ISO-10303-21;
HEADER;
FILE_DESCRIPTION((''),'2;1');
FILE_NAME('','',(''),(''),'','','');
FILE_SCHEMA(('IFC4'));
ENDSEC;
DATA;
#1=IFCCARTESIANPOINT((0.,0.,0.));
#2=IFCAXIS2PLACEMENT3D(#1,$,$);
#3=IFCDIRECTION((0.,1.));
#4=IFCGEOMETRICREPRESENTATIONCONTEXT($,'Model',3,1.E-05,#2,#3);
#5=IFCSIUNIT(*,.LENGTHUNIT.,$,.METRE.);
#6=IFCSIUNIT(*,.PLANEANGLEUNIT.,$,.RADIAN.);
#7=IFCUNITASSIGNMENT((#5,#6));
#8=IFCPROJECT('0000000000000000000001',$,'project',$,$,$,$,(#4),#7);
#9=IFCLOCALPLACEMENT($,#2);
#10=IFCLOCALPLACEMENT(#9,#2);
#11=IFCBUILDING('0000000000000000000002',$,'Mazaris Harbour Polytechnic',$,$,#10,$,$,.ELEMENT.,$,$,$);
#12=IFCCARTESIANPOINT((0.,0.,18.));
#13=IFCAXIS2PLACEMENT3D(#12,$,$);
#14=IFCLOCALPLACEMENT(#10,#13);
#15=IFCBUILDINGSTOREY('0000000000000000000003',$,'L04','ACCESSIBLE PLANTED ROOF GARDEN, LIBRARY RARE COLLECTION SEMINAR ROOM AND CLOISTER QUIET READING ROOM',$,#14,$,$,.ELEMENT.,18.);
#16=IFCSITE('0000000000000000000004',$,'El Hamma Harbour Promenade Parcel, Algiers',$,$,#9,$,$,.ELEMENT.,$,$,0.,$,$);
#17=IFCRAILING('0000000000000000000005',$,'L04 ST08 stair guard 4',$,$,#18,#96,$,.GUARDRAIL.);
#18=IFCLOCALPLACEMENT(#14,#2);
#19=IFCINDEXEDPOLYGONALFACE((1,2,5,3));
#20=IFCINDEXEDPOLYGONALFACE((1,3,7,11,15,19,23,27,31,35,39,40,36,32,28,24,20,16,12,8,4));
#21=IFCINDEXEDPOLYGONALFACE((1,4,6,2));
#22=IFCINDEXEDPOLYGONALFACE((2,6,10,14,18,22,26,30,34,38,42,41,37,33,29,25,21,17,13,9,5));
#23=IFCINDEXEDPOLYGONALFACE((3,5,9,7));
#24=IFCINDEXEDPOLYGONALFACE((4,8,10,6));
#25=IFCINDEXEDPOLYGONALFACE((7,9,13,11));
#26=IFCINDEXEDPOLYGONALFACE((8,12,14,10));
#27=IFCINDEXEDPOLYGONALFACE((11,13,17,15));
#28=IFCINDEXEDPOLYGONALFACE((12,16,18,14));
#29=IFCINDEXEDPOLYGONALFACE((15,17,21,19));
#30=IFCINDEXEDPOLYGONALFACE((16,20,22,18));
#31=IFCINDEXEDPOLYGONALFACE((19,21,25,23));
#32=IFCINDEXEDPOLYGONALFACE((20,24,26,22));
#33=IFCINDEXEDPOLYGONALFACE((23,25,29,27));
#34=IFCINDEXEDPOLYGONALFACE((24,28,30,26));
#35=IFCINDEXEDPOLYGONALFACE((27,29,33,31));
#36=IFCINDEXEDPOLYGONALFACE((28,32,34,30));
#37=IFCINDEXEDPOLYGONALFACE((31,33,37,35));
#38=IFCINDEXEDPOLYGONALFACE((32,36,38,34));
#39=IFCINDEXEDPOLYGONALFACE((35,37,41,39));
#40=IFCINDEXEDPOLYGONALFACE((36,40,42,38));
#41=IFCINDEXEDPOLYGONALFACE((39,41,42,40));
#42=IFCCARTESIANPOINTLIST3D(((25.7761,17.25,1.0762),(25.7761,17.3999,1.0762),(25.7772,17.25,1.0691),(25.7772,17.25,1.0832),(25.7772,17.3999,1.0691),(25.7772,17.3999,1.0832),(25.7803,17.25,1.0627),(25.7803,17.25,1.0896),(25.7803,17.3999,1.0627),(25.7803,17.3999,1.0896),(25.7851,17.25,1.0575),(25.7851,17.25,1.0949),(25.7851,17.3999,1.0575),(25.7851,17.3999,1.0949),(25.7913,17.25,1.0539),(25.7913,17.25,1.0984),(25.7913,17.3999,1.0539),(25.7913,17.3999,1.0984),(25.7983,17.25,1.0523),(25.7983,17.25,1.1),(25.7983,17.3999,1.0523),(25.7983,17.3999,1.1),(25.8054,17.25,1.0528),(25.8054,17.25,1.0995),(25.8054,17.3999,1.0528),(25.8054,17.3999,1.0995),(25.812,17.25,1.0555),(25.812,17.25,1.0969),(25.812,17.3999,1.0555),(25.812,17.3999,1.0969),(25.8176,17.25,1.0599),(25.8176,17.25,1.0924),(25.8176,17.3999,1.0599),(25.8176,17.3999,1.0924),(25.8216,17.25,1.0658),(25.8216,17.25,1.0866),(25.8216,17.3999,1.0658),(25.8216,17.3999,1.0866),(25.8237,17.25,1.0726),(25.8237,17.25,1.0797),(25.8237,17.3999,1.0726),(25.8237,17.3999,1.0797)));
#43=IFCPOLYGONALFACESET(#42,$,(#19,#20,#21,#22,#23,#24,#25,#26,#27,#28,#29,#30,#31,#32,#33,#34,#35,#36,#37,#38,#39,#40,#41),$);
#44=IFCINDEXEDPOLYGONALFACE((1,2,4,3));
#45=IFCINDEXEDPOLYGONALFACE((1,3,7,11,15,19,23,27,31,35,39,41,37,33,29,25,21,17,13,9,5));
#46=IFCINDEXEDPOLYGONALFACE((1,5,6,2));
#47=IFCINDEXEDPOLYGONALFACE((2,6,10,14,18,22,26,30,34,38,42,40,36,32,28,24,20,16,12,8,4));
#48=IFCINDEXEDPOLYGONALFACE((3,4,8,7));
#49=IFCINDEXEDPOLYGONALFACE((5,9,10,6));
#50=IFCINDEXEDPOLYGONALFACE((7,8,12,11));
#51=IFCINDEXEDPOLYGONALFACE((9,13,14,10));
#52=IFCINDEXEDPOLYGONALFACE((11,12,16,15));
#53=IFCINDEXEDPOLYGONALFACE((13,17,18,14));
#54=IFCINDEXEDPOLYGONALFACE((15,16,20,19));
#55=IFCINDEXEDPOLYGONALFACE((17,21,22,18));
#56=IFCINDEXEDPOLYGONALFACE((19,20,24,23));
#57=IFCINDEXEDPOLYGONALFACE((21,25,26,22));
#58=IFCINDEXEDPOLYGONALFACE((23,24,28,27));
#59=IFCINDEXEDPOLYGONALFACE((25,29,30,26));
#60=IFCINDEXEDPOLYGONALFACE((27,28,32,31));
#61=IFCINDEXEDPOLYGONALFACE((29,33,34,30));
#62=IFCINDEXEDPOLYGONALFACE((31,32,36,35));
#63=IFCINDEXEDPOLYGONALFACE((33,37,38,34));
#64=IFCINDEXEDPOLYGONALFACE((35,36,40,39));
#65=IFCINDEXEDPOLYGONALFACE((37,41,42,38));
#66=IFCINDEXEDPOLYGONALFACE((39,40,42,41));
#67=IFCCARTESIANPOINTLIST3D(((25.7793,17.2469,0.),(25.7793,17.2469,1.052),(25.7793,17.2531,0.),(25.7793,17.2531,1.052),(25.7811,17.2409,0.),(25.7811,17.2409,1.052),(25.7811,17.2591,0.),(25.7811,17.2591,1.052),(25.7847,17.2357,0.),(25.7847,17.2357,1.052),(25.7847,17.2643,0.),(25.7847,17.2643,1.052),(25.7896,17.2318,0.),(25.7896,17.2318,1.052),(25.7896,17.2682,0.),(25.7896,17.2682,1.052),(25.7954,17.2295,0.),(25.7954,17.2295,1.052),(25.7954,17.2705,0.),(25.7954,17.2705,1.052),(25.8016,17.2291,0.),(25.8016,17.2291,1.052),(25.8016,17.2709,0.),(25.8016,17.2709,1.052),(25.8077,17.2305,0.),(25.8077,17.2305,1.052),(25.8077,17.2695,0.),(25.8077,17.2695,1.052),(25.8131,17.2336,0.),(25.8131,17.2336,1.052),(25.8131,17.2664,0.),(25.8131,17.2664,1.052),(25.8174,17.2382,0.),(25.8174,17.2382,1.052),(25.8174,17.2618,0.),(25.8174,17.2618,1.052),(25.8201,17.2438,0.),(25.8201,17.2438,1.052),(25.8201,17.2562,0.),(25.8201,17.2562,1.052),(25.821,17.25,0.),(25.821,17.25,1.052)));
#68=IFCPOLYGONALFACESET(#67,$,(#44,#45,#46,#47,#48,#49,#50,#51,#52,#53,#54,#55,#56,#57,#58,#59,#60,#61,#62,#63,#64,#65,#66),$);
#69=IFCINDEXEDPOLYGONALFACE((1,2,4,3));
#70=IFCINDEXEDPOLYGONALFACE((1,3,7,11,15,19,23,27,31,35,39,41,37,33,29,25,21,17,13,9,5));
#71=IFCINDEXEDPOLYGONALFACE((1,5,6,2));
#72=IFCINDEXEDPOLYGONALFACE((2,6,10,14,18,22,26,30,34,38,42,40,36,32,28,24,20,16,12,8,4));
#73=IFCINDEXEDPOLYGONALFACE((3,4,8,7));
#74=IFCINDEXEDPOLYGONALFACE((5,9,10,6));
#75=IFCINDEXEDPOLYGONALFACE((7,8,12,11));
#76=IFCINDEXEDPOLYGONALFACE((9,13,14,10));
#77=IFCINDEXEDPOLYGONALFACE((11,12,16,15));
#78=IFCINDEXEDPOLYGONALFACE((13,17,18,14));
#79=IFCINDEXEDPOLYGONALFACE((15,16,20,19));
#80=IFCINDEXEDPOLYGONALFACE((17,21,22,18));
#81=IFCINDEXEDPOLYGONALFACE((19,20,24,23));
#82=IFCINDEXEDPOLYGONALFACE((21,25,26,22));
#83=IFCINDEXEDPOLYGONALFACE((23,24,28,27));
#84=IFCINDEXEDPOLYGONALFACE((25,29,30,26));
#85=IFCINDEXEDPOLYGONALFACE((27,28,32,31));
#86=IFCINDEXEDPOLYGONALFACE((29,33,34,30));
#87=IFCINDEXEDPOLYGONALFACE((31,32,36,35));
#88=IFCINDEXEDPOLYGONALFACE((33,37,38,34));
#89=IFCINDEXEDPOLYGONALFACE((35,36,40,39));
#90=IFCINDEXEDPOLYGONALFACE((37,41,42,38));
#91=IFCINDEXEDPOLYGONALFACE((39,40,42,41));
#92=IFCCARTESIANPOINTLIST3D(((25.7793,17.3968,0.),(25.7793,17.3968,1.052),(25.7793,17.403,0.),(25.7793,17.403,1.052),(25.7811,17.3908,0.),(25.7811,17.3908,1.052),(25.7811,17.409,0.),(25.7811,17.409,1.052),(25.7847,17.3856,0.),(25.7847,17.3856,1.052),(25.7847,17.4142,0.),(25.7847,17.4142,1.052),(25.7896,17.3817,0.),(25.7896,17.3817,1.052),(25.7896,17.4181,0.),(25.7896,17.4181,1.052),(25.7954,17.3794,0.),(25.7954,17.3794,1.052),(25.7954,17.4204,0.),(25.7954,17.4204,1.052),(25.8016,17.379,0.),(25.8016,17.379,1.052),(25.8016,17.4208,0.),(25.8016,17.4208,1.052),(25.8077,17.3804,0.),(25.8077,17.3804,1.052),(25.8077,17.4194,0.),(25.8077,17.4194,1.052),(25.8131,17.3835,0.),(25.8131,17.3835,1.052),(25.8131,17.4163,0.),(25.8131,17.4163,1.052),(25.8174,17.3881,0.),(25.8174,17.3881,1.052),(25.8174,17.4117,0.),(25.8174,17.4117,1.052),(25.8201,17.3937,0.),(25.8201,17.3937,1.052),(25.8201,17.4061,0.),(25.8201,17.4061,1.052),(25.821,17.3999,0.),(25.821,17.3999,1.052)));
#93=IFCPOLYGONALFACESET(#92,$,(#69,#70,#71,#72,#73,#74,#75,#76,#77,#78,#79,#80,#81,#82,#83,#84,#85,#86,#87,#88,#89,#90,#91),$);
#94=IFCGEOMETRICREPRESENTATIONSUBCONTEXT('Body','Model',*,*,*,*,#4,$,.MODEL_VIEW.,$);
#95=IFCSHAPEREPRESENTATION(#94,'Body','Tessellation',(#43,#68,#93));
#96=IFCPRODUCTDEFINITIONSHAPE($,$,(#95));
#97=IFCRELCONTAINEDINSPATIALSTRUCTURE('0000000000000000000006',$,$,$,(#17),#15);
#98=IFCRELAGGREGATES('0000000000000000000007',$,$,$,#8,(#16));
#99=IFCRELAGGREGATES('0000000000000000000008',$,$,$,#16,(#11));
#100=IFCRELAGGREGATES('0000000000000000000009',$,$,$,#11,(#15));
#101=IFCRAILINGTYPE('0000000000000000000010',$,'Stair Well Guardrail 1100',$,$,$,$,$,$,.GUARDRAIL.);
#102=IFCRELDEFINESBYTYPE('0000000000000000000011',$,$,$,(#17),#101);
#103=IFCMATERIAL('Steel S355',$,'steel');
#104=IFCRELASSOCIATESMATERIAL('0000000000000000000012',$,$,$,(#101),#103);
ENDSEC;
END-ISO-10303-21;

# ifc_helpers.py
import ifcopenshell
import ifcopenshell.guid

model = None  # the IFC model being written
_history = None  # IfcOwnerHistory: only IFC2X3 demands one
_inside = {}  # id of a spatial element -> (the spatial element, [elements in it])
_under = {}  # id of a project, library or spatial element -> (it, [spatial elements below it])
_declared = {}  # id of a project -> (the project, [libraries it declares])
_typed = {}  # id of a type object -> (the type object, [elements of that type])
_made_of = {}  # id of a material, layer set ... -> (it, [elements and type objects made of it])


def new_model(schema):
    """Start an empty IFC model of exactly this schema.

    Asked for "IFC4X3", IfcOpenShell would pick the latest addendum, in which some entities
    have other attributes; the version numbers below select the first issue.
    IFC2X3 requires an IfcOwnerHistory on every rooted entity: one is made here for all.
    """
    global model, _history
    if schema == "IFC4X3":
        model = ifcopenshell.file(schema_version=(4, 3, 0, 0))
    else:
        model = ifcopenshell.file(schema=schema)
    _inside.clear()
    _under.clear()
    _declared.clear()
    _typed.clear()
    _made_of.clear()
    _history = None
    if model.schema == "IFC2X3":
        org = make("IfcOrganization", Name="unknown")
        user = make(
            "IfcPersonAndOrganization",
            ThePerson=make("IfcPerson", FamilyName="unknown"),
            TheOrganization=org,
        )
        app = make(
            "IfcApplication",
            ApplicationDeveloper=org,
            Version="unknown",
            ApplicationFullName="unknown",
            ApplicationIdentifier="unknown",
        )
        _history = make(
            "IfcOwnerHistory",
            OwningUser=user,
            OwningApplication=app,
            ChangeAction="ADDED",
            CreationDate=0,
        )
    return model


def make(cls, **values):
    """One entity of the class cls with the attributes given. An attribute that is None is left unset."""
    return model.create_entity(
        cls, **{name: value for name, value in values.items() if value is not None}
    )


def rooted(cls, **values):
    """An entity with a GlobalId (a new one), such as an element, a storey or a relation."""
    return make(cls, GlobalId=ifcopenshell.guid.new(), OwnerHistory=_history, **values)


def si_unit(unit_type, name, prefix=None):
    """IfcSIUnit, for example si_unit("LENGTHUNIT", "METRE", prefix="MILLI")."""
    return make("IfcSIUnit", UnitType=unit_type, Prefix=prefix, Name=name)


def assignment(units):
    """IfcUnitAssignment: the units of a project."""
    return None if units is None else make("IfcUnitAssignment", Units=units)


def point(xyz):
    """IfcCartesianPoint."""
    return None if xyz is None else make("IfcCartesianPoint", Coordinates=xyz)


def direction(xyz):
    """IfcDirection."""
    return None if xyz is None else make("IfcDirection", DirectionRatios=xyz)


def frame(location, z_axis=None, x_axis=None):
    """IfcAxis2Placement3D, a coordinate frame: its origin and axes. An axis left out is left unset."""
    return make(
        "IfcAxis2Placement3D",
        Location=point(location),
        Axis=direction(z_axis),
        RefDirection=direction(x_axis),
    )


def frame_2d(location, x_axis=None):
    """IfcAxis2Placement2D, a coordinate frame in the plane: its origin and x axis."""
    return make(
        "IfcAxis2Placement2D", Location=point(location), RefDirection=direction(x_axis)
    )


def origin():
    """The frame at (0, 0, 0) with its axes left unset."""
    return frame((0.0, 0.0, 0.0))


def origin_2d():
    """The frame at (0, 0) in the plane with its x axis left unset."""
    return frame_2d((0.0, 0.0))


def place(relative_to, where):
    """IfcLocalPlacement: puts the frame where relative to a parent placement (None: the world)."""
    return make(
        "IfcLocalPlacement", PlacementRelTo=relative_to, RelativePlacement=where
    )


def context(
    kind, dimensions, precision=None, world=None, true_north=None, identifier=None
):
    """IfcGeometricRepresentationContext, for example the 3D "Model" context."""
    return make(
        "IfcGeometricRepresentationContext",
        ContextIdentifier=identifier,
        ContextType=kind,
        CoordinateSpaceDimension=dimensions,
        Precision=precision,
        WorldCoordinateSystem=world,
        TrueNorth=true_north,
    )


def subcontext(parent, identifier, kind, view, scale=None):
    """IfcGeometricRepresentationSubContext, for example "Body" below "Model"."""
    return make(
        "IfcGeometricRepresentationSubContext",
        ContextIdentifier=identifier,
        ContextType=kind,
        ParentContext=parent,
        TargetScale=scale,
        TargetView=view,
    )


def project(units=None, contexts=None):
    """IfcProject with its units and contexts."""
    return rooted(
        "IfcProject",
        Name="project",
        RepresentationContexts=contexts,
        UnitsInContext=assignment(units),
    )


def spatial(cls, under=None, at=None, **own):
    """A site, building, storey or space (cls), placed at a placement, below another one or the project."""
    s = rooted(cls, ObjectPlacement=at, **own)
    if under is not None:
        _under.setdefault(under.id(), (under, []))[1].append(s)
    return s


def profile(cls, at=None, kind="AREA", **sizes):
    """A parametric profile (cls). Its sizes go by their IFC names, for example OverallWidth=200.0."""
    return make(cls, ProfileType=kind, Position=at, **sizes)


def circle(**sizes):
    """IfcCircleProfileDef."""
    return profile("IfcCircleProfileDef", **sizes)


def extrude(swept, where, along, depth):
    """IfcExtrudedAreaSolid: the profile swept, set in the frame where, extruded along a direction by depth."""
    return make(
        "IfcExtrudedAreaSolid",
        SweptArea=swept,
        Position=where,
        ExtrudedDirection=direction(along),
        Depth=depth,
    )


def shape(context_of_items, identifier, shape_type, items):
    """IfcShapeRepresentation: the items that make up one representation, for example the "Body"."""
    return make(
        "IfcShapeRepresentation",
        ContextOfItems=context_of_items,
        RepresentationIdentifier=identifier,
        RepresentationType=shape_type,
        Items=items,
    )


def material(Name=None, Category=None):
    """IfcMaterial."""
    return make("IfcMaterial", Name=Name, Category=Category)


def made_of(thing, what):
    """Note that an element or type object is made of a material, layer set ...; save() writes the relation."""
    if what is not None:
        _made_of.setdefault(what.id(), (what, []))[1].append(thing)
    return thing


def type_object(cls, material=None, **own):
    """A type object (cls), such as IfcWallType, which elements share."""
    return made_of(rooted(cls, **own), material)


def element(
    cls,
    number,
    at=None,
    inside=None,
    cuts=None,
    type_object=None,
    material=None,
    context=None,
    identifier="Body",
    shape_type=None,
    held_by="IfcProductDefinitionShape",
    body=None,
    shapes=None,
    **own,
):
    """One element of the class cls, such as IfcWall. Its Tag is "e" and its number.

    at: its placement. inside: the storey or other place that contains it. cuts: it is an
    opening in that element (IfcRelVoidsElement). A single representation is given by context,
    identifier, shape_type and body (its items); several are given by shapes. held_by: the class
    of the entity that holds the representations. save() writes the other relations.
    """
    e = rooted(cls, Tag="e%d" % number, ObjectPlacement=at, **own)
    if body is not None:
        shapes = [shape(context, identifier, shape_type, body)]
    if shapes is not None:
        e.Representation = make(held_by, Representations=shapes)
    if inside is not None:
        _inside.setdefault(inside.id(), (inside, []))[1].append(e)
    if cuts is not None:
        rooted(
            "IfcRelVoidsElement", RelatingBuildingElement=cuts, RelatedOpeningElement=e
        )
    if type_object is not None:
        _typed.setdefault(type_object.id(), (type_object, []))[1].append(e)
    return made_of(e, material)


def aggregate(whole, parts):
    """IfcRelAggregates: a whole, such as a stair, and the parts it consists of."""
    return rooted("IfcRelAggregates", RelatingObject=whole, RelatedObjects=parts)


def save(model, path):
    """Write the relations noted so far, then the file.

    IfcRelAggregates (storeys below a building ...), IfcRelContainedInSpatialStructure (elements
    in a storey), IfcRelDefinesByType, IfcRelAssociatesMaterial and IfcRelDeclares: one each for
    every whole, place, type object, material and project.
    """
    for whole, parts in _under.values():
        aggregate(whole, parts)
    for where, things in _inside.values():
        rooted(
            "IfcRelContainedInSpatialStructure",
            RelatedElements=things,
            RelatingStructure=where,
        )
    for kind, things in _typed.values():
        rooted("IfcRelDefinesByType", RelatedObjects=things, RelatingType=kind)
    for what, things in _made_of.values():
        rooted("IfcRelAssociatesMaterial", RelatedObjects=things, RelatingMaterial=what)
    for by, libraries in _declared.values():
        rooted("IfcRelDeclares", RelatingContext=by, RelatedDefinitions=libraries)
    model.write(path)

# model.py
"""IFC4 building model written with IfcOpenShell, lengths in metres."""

from ifc_helpers import new_model, si_unit, direction, frame, origin, origin_2d, place, context, subcontext, project, spatial, circle, extrude, material, type_object, element, save


model = new_model("IFC4")

# Units and contexts
model_context = context("Model", 3, precision=1e-05, world=origin(), true_north=direction((0.0, 1.0)))
body_context = subcontext(model_context, "Body", "Model", "MODEL_VIEW")
ifc_project = project(units=[si_unit("LENGTHUNIT", "METRE"), si_unit("PLANEANGLEUNIT", "RADIAN")], contexts=[model_context])

# Site, building, storey
site_placement = place(None, origin())
site = spatial("IfcSite", under=ifc_project, at=site_placement, Name="El Hamma Harbour Promenade Parcel, Algiers", CompositionType="ELEMENT", RefElevation=0.0)
building_placement = place(site_placement, origin())
building = spatial("IfcBuilding", under=site, at=building_placement, Name="Mazaris Harbour Polytechnic", CompositionType="ELEMENT")
storey_placement = place(building_placement, frame((0.0, 0.0, 18.0)))
storey = spatial("IfcBuildingStorey", under=building, at=storey_placement, Name="L04", Description="ACCESSIBLE PLANTED ROOF GARDEN, LIBRARY RARE COLLECTION SEMINAR ROOM AND CLOISTER QUIET READING ROOM", CompositionType="ELEMENT", Elevation=18.0)

# Railing
ifc_material_1 = material(Name="Steel S355", Category="steel")
railing_type_1 = type_object("IfcRailingType", Name="Stair Well Guardrail 1100", PredefinedType="GUARDRAIL", material=ifc_material_1)
railing_1_placement = place(storey_placement, frame((25.8, 17.25, 0.0)))
element("IfcRailing", 1, at=railing_1_placement, inside=storey, type_object=railing_type_1, Name="L04 ST08 stair guard 4", PredefinedType="GUARDRAIL", context=body_context, shape_type="SweptSolid", body=[
    extrude(circle(Radius=0.0239, at=origin_2d()), frame((0.0, 0.0, 1.0762), z_axis=(0.0, 1.0, 0.0), x_axis=(-1.0, 0.0, 0.0)), (0.0, 0.0, 1.0), 0.1499),
    extrude(circle(Radius=0.021, at=origin_2d()), origin(), (0.0, 0.0, 1.0), 1.052),
    extrude(circle(Radius=0.021, at=origin_2d()), frame((0.0, 0.1499, 0.0)), (0.0, 0.0, 1.0), 1.052),
])

save(model, "model.ifc")
